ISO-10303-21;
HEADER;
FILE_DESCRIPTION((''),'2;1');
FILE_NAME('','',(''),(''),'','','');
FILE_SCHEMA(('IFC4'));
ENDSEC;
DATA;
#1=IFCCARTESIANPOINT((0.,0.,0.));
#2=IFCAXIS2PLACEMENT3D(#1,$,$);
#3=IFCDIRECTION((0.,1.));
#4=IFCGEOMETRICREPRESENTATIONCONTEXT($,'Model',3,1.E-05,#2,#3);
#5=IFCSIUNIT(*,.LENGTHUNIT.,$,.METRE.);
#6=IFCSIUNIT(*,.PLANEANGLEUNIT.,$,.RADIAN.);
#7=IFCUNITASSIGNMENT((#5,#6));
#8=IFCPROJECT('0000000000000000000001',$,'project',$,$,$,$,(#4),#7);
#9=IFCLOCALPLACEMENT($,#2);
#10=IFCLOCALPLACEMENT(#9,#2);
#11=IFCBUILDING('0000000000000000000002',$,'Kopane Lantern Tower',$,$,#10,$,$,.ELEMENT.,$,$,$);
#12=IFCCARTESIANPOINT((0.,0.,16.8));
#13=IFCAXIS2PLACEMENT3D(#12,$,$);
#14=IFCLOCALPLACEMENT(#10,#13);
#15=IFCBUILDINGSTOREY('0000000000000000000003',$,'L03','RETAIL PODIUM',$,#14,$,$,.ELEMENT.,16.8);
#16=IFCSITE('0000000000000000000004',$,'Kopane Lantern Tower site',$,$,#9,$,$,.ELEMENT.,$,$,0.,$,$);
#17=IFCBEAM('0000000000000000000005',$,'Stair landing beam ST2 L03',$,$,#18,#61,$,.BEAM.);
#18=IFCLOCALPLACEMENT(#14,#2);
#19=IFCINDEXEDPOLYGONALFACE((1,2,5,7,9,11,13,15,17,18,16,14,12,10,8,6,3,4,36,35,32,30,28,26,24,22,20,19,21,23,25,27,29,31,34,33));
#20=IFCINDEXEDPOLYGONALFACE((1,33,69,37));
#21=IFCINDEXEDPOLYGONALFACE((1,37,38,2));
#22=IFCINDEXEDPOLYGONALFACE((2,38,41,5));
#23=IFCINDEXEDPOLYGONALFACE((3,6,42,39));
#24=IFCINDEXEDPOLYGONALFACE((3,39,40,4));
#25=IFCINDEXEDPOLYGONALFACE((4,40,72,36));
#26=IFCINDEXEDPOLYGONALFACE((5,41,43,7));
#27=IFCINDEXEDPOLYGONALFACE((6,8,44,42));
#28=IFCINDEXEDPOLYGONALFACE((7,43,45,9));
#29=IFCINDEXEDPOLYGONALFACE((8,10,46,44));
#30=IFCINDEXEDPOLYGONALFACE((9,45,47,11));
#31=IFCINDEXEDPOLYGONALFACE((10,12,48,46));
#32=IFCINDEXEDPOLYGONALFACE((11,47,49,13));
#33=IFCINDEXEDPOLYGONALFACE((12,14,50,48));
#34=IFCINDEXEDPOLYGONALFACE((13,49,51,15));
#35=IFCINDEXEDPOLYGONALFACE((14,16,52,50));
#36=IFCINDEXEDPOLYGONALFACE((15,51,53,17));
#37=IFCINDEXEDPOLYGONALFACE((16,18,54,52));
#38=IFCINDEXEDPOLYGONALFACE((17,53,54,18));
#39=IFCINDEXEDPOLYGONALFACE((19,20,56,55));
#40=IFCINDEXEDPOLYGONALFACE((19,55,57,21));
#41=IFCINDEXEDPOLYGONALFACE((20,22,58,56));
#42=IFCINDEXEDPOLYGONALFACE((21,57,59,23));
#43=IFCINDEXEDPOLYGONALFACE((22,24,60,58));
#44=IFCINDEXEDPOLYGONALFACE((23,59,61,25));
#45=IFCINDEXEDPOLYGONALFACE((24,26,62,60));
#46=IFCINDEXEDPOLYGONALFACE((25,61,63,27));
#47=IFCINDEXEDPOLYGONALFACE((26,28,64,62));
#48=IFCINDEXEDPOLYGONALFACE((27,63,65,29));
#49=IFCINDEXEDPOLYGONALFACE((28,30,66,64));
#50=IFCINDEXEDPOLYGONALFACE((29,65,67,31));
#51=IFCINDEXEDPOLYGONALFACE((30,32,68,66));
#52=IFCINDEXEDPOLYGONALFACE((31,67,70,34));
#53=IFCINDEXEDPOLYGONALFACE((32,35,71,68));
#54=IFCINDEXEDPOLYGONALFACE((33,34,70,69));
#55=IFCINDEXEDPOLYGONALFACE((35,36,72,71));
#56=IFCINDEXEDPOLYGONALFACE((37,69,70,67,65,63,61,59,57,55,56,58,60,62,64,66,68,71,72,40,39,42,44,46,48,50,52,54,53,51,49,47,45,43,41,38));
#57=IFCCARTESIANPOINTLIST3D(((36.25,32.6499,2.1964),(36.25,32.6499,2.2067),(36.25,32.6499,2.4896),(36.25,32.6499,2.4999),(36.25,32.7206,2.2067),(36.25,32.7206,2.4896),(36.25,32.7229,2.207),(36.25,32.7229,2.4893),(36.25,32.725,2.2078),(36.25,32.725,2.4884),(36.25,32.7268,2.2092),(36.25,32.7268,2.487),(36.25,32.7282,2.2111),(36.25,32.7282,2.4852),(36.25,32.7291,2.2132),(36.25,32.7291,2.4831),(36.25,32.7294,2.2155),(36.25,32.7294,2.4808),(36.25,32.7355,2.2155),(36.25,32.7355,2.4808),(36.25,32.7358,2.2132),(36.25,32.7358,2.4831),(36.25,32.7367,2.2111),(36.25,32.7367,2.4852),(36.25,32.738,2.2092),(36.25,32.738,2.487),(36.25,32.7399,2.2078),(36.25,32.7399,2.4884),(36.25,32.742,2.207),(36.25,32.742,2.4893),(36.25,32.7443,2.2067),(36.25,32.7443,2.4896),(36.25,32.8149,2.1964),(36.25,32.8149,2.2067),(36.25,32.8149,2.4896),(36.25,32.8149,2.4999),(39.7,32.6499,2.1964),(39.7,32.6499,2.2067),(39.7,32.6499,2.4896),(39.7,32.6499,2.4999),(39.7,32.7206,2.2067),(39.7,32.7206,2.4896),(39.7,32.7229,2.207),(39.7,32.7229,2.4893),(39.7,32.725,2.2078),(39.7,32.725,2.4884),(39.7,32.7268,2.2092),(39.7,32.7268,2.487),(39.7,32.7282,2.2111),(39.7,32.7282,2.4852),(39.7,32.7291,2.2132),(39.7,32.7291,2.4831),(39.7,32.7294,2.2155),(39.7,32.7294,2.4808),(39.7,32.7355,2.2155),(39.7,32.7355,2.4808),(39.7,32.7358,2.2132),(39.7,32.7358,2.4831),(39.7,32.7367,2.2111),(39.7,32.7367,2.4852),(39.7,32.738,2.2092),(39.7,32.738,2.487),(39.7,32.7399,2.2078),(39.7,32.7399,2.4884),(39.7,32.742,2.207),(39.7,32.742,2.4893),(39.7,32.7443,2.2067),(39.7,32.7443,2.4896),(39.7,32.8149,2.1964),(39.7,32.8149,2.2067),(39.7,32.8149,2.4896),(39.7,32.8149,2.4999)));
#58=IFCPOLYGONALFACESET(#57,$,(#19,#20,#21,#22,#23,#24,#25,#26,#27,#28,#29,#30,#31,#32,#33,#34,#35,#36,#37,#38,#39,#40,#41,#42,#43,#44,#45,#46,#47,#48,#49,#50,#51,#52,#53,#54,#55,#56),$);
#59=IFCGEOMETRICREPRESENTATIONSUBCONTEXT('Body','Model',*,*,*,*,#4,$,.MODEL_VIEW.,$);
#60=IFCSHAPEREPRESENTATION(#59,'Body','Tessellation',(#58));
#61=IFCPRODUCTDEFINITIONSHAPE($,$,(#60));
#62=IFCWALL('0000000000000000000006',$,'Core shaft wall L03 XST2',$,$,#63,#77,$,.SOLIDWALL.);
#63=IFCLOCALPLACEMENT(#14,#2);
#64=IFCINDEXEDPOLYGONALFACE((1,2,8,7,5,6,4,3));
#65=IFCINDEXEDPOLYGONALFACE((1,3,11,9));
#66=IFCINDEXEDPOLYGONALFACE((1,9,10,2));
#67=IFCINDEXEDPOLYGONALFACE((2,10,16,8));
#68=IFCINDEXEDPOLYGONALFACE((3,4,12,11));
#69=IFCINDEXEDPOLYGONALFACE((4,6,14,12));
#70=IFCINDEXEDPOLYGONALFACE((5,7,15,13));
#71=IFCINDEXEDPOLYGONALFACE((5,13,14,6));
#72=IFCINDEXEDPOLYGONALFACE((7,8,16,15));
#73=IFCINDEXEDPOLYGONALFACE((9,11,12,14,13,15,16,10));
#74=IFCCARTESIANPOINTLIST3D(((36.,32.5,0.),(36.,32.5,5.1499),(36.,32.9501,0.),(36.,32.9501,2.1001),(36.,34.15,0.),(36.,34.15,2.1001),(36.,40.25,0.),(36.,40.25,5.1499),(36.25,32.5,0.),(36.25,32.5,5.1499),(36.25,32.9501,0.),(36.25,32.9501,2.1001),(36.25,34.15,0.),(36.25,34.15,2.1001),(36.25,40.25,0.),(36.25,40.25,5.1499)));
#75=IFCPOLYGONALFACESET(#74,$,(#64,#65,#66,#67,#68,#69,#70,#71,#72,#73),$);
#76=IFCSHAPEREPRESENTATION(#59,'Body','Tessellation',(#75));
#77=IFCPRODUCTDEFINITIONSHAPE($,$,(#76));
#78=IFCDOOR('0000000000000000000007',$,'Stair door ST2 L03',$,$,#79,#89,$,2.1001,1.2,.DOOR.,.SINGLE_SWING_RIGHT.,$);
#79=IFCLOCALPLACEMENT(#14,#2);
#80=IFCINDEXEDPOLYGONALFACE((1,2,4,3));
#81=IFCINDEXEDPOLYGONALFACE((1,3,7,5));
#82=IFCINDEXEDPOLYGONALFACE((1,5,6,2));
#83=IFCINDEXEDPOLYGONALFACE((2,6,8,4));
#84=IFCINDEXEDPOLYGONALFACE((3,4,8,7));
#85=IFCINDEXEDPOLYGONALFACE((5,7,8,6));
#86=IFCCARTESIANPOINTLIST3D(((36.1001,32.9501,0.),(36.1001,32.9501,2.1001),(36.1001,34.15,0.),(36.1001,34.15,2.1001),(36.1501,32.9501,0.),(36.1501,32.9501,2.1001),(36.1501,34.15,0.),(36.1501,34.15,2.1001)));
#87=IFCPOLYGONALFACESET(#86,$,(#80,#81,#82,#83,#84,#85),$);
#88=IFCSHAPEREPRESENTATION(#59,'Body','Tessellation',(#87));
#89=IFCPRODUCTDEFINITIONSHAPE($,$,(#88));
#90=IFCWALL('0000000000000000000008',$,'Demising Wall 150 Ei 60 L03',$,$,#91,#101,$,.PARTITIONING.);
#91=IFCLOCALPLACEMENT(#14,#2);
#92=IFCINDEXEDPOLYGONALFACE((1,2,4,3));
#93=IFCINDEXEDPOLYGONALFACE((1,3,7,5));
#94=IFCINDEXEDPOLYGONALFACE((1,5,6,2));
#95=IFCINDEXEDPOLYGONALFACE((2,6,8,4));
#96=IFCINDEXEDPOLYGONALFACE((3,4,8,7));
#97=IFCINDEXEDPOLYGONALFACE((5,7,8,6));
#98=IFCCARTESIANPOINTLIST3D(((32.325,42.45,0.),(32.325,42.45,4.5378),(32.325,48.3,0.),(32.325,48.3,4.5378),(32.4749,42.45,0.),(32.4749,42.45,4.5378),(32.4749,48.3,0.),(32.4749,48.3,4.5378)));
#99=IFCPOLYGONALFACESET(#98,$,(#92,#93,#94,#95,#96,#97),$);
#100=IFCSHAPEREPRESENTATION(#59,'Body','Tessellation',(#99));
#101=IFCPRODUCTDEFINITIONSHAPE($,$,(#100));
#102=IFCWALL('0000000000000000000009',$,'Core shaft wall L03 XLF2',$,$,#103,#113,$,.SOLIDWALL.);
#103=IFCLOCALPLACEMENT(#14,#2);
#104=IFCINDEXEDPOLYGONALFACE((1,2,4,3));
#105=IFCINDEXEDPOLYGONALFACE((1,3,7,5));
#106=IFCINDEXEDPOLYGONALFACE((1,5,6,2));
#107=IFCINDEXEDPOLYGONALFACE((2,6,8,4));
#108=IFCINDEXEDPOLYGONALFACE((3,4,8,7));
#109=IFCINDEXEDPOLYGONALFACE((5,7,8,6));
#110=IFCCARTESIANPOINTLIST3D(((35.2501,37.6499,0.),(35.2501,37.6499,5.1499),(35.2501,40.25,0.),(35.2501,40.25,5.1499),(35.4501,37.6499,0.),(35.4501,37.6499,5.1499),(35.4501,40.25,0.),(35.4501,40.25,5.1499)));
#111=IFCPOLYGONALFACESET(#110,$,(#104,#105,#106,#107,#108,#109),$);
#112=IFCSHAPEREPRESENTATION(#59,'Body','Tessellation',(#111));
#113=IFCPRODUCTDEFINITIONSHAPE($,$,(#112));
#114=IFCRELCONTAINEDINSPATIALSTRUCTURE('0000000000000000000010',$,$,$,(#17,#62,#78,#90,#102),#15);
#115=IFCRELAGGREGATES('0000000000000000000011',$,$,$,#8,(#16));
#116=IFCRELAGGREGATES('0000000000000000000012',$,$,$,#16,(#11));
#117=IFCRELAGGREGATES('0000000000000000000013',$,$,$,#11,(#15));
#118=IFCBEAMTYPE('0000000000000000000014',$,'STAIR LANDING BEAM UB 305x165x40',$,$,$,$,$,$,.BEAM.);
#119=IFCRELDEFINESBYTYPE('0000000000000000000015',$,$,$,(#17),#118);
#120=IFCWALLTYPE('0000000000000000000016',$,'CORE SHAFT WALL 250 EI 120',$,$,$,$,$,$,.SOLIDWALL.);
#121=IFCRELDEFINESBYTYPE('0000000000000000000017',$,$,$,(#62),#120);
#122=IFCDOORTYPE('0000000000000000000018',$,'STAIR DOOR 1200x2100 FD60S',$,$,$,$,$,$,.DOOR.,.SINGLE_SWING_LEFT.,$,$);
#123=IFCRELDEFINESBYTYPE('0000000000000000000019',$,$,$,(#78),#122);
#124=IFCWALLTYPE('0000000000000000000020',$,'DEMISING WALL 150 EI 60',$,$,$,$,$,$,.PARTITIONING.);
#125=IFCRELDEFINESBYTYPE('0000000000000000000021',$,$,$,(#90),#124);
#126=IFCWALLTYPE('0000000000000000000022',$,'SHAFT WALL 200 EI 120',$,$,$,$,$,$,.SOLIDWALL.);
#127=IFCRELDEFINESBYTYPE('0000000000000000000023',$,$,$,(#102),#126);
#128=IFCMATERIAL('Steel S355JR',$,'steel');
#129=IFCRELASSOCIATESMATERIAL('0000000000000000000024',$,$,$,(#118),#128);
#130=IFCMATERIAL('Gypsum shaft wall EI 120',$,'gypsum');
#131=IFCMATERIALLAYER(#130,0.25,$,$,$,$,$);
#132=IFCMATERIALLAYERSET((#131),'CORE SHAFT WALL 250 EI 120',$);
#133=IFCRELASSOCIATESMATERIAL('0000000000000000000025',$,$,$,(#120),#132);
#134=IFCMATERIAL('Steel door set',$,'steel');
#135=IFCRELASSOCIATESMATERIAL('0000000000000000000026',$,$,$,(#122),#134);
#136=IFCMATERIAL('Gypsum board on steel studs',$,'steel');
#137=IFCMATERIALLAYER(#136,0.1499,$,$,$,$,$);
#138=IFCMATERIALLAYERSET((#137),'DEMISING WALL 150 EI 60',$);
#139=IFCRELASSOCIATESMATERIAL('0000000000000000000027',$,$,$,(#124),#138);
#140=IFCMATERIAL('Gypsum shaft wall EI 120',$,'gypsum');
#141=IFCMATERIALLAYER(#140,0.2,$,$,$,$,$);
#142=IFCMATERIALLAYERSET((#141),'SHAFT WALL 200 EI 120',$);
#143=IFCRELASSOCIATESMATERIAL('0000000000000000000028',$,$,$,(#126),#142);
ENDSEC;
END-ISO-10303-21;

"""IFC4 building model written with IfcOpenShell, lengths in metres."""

from ifc_helpers import new_model, si_unit, direction, frame, frame_2d, origin, origin_2d, place, context, subcontext, project, spatial, rectangle, i_section, extrude, material, layer, layer_set, material_profile, profile_set, type_object, element, fill, save


model = new_model("IFC4")

# Units and contexts
model_context = context("Model", 3, precision=1e-05, world=origin(), true_north=direction((0.0, 1.0)))
body_context = subcontext(model_context, "Body", "Model", "MODEL_VIEW")
ifc_project = project(units=[si_unit("LENGTHUNIT", "METRE"), si_unit("PLANEANGLEUNIT", "RADIAN")], contexts=[model_context])

# Site, building, storey
site_placement = place(None, origin())
site = spatial("IfcSite", under=ifc_project, at=site_placement, Name="Kopane Lantern Tower site", CompositionType="ELEMENT", RefElevation=0.0)
building_placement = place(site_placement, origin())
building = spatial("IfcBuilding", under=site, at=building_placement, Name="Kopane Lantern Tower", CompositionType="ELEMENT")
storey_placement = place(building_placement, frame((0.0, 0.0, 16.8)))
storey = spatial("IfcBuildingStorey", under=building, at=storey_placement, Name="L03", Description="RETAIL PODIUM", CompositionType="ELEMENT", Elevation=16.8)

# Beam
ifc_material_1 = material(Name="Steel S355JR", Category="steel")
ifc_material_profile_1 = material_profile(ifc_material_1, i_section(OverallWidth=0.165, OverallDepth=0.3035, WebThickness=0.0061, FlangeThickness=0.0103, FilletRadius=0.0088, at=origin_2d()), Name="UB 305x165x40")
ifc_profile_set_1 = profile_set([ifc_material_profile_1], Name="Steel S355JR")
beam_type_1 = type_object("IfcBeamType", Name="STAIR LANDING BEAM UB 305x165x40", PredefinedType="BEAM", material=ifc_profile_set_1)
beam_placement = place(storey_placement, frame((39.7, 32.7324, 2.3481), z_axis=(-1.0, 0.0, 0.0), x_axis=(0.0, -1.0, 0.0)))
element("IfcBeam", 1, at=beam_placement, inside=storey, type_object=beam_type_1, Name="Stair landing beam ST2 L03", PredefinedType="BEAM", context=body_context, shape_type="SweptSolid", body=[
    extrude(i_section(OverallWidth=0.165, OverallDepth=0.3035, WebThickness=0.0061, FlangeThickness=0.0103, FilletRadius=0.0088, at=origin_2d()), origin(), (0.0, 0.0, 1.0), 3.45),
])

# Wall, opening, door
ifc_material_2 = material(Name="Gypsum shaft wall EI 120", Category="gypsum")
ifc_layer_1 = layer(ifc_material_2, 0.25)
ifc_layer_set_1 = layer_set([ifc_layer_1], Name="CORE SHAFT WALL 250 EI 120")
wall_type_1 = type_object("IfcWallType", Name="CORE SHAFT WALL 250 EI 120", PredefinedType="SOLIDWALL", material=ifc_layer_set_1)
wall_1_placement = place(storey_placement, frame((36.125, 32.5, 0.0), z_axis=(0.0, 0.0, 1.0), x_axis=(0.0, 1.0, 0.0)))
wall_1 = element("IfcWall", 2, at=wall_1_placement, inside=storey, type_object=wall_type_1, Name="Core shaft wall L03 XST2", PredefinedType="SOLIDWALL", context=body_context, shape_type="SweptSolid", body=[
    extrude(rectangle(XDim=7.75, YDim=0.25, at=frame_2d((3.875, 0.0))), origin(), (0.0, 0.0, 1.0), 5.1499),
])
opening_1_placement = place(wall_1_placement, frame((0.45, 0.0, 0.0)))
opening_1 = element("IfcOpeningElement", 3, at=opening_1_placement, cuts=wall_1, PredefinedType="OPENING", context=body_context, shape_type="SweptSolid", body=[
    extrude(rectangle(XDim=1.2, YDim=2.1001, at=frame_2d((0.6001, 1.05))), frame((0.0, 0.135, 0.0), z_axis=(0.0, -1.0, 0.0), x_axis=(1.0, 0.0, 0.0)), (0.0, 0.0, 1.0), 0.27),
])
ifc_material_3 = material(Name="Steel door set", Category="steel")
door_type_1 = type_object("IfcDoorType", Name="STAIR DOOR 1200x2100 FD60S", OperationType="SINGLE_SWING_LEFT", PredefinedType="DOOR", material=ifc_material_3)
door_1_placement = place(opening_1_placement, origin())
door_1 = element("IfcDoor", 4, at=door_1_placement, inside=storey, type_object=door_type_1, Name="Stair door ST2 L03", OperationType="SINGLE_SWING_RIGHT", OverallHeight=2.1001, OverallWidth=1.2, PredefinedType="DOOR", context=body_context, shape_type="SweptSolid", body=[
    extrude(rectangle(XDim=1.2, YDim=2.1001, at=frame_2d((0.6001, 1.05))), frame((0.0, 0.0249, 0.0), z_axis=(0.0, -1.0, 0.0), x_axis=(1.0, 0.0, 0.0)), (0.0, 0.0, 1.0), 0.05),
])
fill(opening_1, door_1)

# Walls
ifc_material_4 = material(Name="Gypsum board on steel studs", Category="steel")
ifc_layer_2 = layer(ifc_material_4, 0.1499)
ifc_layer_set_2 = layer_set([ifc_layer_2], Name="DEMISING WALL 150 EI 60")
wall_type_2 = type_object("IfcWallType", Name="DEMISING WALL 150 EI 60", PredefinedType="PARTITIONING", material=ifc_layer_set_2)
wall_2_placement = place(storey_placement, frame((32.3999, 42.45, 0.0), z_axis=(0.0, 0.0, 1.0), x_axis=(0.0, 1.0, 0.0)))
element("IfcWall", 5, at=wall_2_placement, inside=storey, type_object=wall_type_2, Name="Demising Wall 150 Ei 60 L03", PredefinedType="PARTITIONING", context=body_context, shape_type="SweptSolid", body=[
    extrude(rectangle(XDim=5.8501, YDim=0.1499, at=frame_2d((2.925, 0.0))), origin(), (0.0, 0.0, 1.0), 4.5378),
])
ifc_material_5 = material(Name="Gypsum shaft wall EI 120", Category="gypsum")
ifc_layer_3 = layer(ifc_material_5, 0.2)
ifc_layer_set_3 = layer_set([ifc_layer_3], Name="SHAFT WALL 200 EI 120")
wall_type_3 = type_object("IfcWallType", Name="SHAFT WALL 200 EI 120", PredefinedType="SOLIDWALL", material=ifc_layer_set_3)
wall_3_placement = place(storey_placement, frame((35.3501, 37.6499, 0.0), z_axis=(0.0, 0.0, 1.0), x_axis=(0.0, 1.0, 0.0)))
element("IfcWall", 6, at=wall_3_placement, inside=storey, type_object=wall_type_3, Name="Core shaft wall L03 XLF2", PredefinedType="SOLIDWALL", context=body_context, shape_type="SweptSolid", body=[
    extrude(rectangle(XDim=2.6001, YDim=0.2, at=frame_2d((1.3, 0.0))), origin(), (0.0, 0.0, 1.0), 5.1499),
])

save(model, "model.ifc")
